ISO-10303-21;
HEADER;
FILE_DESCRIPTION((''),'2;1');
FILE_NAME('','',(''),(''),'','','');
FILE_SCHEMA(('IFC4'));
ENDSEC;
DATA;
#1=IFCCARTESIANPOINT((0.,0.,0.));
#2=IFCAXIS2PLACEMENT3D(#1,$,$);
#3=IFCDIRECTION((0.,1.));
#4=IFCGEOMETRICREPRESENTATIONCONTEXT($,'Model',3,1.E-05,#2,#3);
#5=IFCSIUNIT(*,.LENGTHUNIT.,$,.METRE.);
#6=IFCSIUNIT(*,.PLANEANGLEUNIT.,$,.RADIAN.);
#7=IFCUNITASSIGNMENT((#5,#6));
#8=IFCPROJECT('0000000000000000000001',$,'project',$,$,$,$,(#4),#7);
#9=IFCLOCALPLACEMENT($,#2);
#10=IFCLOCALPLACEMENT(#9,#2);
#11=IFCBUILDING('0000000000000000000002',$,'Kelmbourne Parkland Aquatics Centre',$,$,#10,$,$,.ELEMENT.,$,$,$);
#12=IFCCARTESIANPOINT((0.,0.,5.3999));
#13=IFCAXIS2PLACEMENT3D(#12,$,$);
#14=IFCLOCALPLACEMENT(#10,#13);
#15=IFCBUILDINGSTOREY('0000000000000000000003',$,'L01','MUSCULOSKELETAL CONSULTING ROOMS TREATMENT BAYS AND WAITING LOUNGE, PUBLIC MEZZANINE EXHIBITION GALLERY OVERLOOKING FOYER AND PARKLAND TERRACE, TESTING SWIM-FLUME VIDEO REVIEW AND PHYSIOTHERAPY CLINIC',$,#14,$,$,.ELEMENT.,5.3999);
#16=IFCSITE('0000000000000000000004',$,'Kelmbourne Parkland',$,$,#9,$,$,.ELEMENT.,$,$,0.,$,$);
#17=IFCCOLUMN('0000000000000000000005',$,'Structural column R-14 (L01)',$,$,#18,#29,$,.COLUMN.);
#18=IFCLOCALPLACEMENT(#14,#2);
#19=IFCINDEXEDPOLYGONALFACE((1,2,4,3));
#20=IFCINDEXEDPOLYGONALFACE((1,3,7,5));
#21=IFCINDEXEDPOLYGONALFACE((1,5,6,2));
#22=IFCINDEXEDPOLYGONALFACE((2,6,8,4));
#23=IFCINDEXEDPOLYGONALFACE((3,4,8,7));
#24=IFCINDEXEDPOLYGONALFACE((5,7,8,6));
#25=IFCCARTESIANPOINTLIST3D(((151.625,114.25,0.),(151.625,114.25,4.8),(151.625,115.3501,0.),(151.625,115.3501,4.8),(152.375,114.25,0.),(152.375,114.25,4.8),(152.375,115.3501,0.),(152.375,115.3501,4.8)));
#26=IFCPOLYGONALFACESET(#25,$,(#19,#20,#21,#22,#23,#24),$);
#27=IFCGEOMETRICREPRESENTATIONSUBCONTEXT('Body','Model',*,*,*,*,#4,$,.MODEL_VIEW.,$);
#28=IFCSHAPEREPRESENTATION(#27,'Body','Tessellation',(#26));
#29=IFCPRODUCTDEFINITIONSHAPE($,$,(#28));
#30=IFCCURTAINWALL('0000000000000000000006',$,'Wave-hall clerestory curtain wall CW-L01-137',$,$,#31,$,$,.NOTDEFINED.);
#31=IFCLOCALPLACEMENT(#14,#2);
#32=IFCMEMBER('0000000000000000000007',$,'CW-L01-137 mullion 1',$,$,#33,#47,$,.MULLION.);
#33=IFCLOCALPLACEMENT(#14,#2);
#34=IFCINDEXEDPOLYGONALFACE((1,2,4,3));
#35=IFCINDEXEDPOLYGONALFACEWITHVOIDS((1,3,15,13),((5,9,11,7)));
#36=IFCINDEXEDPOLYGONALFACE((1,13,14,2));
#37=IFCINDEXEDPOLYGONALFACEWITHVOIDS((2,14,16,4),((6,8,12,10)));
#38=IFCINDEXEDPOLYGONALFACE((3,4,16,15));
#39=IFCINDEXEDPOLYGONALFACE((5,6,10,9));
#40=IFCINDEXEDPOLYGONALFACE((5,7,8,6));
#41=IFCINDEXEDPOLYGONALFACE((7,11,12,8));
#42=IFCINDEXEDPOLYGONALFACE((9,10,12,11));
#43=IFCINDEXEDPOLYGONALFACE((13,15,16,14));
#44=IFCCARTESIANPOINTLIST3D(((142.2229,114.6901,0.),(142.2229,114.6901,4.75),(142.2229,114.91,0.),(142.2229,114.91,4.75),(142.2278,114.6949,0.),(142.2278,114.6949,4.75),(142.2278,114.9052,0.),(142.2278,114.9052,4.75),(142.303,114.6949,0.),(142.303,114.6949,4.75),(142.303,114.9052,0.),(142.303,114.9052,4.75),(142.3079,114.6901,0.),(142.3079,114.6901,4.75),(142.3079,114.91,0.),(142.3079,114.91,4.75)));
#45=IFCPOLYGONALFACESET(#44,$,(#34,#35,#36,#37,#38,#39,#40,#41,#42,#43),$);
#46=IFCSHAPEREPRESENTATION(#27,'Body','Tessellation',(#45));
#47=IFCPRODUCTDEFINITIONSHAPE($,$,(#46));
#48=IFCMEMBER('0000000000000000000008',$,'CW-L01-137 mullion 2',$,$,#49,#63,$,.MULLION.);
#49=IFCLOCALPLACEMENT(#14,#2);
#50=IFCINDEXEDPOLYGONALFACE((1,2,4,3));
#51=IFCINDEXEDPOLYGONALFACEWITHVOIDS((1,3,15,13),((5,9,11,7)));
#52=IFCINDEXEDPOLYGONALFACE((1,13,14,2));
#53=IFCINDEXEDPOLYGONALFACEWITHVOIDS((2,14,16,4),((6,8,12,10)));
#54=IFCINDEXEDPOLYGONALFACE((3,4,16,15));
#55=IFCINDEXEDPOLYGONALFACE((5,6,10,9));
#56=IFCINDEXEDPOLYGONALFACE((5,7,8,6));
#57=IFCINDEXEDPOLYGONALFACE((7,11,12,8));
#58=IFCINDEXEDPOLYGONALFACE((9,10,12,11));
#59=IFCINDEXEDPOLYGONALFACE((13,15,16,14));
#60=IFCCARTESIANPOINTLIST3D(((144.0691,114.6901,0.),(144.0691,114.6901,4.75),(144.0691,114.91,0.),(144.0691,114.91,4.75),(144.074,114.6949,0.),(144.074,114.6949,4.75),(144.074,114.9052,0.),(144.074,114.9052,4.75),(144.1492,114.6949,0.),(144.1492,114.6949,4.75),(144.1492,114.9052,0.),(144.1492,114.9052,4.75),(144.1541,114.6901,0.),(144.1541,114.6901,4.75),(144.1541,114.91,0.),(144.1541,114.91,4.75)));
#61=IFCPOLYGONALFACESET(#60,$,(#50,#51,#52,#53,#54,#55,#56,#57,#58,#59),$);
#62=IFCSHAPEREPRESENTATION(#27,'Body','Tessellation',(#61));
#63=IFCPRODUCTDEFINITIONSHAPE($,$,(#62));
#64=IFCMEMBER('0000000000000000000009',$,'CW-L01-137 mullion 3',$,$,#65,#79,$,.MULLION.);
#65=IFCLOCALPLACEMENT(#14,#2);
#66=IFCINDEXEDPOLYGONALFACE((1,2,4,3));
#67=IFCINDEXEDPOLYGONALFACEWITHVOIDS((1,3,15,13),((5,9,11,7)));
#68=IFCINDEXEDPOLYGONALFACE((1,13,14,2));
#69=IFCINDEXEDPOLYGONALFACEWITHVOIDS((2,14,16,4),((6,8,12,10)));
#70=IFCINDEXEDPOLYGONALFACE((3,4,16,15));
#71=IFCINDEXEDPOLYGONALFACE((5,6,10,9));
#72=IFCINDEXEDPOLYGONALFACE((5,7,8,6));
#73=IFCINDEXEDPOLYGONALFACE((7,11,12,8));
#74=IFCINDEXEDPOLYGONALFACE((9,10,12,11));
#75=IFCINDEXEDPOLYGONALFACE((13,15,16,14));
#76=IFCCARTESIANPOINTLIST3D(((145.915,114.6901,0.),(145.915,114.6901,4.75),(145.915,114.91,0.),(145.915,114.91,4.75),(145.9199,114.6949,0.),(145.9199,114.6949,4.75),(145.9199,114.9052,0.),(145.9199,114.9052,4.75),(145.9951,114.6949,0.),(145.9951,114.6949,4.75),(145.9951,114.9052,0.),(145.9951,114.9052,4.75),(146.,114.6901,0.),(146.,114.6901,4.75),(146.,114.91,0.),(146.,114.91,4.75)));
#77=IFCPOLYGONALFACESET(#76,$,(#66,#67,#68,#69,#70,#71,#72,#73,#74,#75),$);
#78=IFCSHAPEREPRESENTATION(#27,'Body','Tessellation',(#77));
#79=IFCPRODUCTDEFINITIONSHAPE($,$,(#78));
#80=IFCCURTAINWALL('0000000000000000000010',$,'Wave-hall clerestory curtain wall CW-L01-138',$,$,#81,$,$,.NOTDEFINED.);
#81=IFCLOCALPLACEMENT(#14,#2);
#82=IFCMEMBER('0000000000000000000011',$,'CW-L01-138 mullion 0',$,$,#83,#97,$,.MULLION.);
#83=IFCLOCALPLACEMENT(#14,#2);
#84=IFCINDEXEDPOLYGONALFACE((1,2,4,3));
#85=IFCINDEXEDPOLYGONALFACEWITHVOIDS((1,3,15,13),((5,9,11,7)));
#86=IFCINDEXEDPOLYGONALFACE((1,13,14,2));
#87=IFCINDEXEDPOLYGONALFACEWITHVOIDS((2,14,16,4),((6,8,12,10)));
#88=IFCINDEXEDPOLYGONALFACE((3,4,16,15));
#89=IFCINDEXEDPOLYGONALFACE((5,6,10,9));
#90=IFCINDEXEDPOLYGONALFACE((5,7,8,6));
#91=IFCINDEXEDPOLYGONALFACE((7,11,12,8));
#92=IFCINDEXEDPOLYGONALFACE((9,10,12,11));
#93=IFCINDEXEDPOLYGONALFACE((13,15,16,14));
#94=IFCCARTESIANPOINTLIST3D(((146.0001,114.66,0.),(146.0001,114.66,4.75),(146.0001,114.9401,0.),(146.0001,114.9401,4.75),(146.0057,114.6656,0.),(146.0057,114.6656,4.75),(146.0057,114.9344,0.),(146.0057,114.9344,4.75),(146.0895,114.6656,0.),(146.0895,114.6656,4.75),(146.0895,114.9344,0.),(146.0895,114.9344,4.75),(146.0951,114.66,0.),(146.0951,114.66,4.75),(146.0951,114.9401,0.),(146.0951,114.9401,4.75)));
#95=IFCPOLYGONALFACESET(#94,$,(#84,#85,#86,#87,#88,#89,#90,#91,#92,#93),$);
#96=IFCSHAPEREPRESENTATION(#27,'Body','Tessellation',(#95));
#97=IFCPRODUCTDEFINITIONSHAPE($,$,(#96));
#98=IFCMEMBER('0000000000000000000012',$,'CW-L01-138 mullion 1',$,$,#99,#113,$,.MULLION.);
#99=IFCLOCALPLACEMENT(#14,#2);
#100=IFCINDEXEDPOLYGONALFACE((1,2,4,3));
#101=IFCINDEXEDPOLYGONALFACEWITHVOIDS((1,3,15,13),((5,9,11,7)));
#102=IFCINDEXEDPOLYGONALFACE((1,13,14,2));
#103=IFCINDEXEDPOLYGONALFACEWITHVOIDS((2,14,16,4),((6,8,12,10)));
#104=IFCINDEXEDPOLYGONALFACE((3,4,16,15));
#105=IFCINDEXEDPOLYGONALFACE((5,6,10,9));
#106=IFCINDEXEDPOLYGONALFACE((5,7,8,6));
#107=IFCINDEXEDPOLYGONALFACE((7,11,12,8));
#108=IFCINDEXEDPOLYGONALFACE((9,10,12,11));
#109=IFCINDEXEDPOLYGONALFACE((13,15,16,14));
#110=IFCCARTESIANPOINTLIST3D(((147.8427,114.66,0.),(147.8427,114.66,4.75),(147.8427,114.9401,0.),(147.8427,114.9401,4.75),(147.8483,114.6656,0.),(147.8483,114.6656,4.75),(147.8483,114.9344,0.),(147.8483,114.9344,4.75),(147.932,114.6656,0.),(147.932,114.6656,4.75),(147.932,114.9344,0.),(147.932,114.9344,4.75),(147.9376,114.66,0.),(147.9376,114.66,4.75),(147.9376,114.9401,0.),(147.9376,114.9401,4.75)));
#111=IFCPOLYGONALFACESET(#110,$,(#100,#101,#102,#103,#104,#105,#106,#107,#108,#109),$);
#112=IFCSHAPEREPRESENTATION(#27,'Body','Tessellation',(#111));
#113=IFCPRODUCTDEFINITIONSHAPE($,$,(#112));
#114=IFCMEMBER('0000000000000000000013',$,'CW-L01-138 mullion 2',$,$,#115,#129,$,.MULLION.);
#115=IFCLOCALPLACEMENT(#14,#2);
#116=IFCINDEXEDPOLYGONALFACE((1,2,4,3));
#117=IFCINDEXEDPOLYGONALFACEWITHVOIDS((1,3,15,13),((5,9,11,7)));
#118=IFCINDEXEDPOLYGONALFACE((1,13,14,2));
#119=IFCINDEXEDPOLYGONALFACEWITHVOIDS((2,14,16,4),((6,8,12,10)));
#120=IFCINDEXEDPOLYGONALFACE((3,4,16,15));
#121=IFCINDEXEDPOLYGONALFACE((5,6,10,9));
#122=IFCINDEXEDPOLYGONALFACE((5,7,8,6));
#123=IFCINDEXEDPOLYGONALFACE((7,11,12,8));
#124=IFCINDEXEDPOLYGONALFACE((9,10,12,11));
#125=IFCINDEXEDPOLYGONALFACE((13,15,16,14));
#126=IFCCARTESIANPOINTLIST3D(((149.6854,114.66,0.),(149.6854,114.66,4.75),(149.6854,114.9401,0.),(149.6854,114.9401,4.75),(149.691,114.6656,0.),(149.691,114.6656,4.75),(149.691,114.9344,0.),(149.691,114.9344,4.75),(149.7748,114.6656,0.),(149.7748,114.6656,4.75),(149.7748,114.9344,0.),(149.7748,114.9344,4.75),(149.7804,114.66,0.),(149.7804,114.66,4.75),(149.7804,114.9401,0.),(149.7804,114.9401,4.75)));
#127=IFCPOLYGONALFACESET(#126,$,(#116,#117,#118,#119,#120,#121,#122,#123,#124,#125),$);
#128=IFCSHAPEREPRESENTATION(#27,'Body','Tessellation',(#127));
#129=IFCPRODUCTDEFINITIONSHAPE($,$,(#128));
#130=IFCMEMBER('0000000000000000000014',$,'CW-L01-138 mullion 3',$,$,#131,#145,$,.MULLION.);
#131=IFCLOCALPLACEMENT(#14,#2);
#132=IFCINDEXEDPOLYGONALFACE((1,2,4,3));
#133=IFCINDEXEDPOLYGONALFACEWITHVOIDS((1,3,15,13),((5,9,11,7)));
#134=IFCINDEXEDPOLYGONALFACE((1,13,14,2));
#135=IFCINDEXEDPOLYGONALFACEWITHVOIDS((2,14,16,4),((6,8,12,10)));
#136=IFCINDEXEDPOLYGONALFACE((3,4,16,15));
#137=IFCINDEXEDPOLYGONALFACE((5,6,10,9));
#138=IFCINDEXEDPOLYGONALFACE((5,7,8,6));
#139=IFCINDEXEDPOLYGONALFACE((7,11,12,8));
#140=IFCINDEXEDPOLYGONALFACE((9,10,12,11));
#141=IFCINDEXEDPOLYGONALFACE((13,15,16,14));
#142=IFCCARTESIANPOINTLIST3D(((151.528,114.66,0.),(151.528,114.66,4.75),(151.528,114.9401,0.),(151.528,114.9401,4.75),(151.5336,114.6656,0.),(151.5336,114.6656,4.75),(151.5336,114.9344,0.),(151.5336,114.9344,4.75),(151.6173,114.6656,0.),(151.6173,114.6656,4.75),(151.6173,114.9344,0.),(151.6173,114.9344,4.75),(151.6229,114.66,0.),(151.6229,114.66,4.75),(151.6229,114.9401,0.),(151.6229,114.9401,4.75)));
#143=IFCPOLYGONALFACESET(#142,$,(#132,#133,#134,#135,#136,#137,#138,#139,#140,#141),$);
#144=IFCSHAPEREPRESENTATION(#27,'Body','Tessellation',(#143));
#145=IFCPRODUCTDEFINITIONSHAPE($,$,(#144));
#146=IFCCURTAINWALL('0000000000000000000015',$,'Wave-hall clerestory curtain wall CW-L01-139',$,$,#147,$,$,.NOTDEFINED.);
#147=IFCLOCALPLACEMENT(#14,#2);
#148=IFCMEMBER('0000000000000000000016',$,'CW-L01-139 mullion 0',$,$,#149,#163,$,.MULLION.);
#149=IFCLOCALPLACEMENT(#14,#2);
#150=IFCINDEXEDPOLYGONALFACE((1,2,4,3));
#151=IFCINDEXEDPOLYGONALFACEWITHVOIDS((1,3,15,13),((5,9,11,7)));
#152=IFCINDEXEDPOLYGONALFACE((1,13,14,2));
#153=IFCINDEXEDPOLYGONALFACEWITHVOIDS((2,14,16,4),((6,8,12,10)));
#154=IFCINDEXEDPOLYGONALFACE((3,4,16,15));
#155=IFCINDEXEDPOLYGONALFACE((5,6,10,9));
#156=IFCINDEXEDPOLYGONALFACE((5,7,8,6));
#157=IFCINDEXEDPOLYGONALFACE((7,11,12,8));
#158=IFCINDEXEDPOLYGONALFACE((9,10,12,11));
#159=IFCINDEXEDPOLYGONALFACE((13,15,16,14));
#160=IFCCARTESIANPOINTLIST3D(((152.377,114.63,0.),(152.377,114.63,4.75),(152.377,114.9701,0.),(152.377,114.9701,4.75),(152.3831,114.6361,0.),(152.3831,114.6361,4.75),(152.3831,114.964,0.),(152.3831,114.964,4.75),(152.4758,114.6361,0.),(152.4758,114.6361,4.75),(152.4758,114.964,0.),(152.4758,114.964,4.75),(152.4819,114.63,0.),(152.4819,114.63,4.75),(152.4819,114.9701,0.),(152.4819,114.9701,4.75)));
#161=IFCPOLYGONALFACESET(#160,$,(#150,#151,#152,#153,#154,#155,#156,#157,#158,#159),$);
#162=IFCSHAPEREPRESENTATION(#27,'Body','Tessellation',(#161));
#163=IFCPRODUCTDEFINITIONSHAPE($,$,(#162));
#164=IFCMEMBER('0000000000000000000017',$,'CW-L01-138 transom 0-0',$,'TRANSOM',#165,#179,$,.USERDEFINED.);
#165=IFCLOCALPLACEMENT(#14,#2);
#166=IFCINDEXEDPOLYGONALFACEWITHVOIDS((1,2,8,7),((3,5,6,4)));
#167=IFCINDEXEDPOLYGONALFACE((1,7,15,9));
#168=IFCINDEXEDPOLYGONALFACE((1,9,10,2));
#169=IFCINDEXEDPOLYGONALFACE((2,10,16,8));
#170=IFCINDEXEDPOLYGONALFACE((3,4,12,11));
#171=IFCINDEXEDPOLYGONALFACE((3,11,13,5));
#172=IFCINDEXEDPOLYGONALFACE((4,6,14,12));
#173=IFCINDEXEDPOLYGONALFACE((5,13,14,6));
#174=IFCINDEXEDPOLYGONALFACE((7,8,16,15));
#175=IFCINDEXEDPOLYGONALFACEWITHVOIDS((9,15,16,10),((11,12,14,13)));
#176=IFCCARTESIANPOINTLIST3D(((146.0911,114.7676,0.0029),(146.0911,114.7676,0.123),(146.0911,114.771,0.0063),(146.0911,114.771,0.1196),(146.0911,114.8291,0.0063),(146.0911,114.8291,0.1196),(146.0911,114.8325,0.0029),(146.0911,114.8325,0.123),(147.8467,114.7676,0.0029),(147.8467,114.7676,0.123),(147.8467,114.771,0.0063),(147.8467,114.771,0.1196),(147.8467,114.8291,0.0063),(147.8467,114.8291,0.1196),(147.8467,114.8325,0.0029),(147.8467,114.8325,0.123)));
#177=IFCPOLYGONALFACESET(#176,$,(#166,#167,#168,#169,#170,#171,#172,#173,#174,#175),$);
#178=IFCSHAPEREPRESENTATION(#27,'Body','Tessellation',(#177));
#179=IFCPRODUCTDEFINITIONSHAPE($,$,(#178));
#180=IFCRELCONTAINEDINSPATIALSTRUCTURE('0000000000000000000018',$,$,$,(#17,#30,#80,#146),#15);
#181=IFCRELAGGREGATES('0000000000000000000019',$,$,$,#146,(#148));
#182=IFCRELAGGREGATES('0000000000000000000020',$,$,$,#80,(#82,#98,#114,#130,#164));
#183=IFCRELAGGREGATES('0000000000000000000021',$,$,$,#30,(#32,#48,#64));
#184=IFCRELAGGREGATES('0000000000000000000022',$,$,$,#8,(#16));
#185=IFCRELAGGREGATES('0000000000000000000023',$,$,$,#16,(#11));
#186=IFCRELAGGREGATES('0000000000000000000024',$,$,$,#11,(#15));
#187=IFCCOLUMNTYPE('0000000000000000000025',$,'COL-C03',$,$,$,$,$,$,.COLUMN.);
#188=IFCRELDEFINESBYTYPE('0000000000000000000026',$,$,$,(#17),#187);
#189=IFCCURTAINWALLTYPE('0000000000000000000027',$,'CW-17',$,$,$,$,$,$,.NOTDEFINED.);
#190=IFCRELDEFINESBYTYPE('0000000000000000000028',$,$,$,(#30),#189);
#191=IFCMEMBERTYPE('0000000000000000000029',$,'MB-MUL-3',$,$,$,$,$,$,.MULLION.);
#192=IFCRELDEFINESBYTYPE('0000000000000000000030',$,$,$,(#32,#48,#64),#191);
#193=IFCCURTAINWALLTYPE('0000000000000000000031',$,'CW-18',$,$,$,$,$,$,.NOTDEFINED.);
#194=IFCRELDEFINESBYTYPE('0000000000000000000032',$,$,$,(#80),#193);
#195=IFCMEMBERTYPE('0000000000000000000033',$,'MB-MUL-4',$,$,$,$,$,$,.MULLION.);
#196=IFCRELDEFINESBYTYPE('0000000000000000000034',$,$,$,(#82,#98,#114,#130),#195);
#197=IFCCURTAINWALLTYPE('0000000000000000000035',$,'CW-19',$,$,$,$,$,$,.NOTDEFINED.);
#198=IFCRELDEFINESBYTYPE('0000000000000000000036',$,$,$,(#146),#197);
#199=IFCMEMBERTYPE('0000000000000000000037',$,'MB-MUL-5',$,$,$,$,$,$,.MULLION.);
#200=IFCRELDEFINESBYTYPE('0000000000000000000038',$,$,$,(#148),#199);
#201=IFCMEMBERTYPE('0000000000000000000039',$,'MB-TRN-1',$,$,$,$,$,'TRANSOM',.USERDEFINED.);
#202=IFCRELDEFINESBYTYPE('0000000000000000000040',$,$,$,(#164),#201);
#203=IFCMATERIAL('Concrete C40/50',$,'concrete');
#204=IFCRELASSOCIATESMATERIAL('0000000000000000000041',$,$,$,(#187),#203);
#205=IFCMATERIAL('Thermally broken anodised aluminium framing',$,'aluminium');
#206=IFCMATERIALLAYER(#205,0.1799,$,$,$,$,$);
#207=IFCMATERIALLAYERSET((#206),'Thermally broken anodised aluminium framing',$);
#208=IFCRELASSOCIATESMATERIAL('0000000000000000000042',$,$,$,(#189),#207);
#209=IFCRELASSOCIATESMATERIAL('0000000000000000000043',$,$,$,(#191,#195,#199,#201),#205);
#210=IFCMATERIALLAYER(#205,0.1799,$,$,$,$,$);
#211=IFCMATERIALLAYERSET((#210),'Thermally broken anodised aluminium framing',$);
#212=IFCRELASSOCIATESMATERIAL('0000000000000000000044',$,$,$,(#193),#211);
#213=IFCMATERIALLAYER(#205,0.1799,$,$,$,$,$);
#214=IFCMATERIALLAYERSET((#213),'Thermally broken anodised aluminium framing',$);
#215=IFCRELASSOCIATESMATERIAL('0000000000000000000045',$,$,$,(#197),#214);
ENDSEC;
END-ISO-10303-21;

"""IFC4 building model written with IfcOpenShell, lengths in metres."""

from ifc_helpers import new_model, si_unit, direction, frame, origin, origin_2d, place, context, subcontext, project, spatial, rectangle, hollow_rectangle, extrude, material, layer, layer_set, material_profile, profile_set, type_object, element, aggregate, save


model = new_model("IFC4")

# Units and contexts
model_context = context("Model", 3, precision=1e-05, world=origin(), true_north=direction((0.0, 1.0)))
body_context = subcontext(model_context, "Body", "Model", "MODEL_VIEW")
ifc_project = project(units=[si_unit("LENGTHUNIT", "METRE"), si_unit("PLANEANGLEUNIT", "RADIAN")], contexts=[model_context])

# Site, building, storey
site_placement = place(None, origin())
site = spatial("IfcSite", under=ifc_project, at=site_placement, Name="Kelmbourne Parkland", CompositionType="ELEMENT", RefElevation=0.0)
building_placement = place(site_placement, origin())
building = spatial("IfcBuilding", under=site, at=building_placement, Name="Kelmbourne Parkland Aquatics Centre", CompositionType="ELEMENT")
storey_placement = place(building_placement, frame((0.0, 0.0, 5.3999)))
storey = spatial("IfcBuildingStorey", under=building, at=storey_placement, Name="L01", Description="MUSCULOSKELETAL CONSULTING ROOMS TREATMENT BAYS AND WAITING LOUNGE, PUBLIC MEZZANINE EXHIBITION GALLERY OVERLOOKING FOYER AND PARKLAND TERRACE, TESTING SWIM-FLUME VIDEO REVIEW AND PHYSIOTHERAPY CLINIC", CompositionType="ELEMENT", Elevation=5.3999)

# Column
ifc_material_1 = material(Name="Concrete C40/50", Category="concrete")
ifc_material_profile_1 = material_profile(ifc_material_1, rectangle(XDim=0.75, YDim=1.1001, at=origin_2d()), Name="RC 750x1100")
ifc_profile_set_1 = profile_set([ifc_material_profile_1], Name="Concrete C40/50")
column_type = type_object("IfcColumnType", Name="COL-C03", PredefinedType="COLUMN", material=ifc_profile_set_1)
column_placement = place(storey_placement, frame((152.0, 114.8, 0.0), z_axis=(0.0, 0.0, 1.0), x_axis=(1.0, 0.0, 0.0)))
element("IfcColumn", 1, at=column_placement, inside=storey, type_object=column_type, Name="Structural column R-14 (L01)", PredefinedType="COLUMN", context=body_context, shape_type="SweptSolid", body=[
    extrude(rectangle(XDim=0.75, YDim=1.1001, at=origin_2d()), origin(), (0.0, 0.0, 1.0), 4.8),
])

# Curtain walls, members
ifc_material_2 = material(Name="Thermally broken anodised aluminium framing", Category="aluminium")
ifc_layer_1 = layer(ifc_material_2, 0.1799)
ifc_layer_set_1 = layer_set([ifc_layer_1], Name="Thermally broken anodised aluminium framing")
curtain_wall_type_1 = type_object("IfcCurtainWallType", Name="CW-17", PredefinedType="NOTDEFINED", material=ifc_layer_set_1)
curtain_wall_1_placement = place(storey_placement, origin())
curtain_wall_1 = element("IfcCurtainWall", 2, at=curtain_wall_1_placement, inside=storey, type_object=curtain_wall_type_1, Name="Wave-hall clerestory curtain wall CW-L01-137", PredefinedType="NOTDEFINED")
ifc_material_profile_2 = material_profile(ifc_material_2, hollow_rectangle(XDim=0.085, YDim=0.22, WallThickness=0.0049, at=origin_2d()), Name="CW-M 85x220")
ifc_profile_set_2 = profile_set([ifc_material_profile_2], Name="Thermally broken anodised aluminium framing")
member_type_1 = type_object("IfcMemberType", Name="MB-MUL-3", PredefinedType="MULLION", material=ifc_profile_set_2)
member_1_placement = place(storey_placement, frame((142.2654, 114.8, 0.0), z_axis=(0.0, 0.0, 1.0), x_axis=(1.0, 0.0, 0.0)))
member_1 = element("IfcMember", 3, at=member_1_placement, type_object=member_type_1, Name="CW-L01-137 mullion 1", PredefinedType="MULLION", context=body_context, shape_type="SweptSolid", body=[
    extrude(hollow_rectangle(XDim=0.085, YDim=0.22, WallThickness=0.0049, at=origin_2d()), origin(), (0.0, 0.0, 1.0), 4.75),
])
member_2_placement = place(storey_placement, frame((144.1116, 114.8, 0.0), z_axis=(0.0, 0.0, 1.0), x_axis=(1.0, 0.0, 0.0)))
member_2 = element("IfcMember", 4, at=member_2_placement, type_object=member_type_1, Name="CW-L01-137 mullion 2", PredefinedType="MULLION", context=body_context, shape_type="SweptSolid", body=[
    extrude(hollow_rectangle(XDim=0.085, YDim=0.22, WallThickness=0.0049, at=origin_2d()), origin(), (0.0, 0.0, 1.0), 4.75),
])
member_3_placement = place(storey_placement, frame((145.9575, 114.8, 0.0), z_axis=(0.0, 0.0, 1.0), x_axis=(1.0, 0.0, 0.0)))
member_3 = element("IfcMember", 5, at=member_3_placement, type_object=member_type_1, Name="CW-L01-137 mullion 3", PredefinedType="MULLION", context=body_context, shape_type="SweptSolid", body=[
    extrude(hollow_rectangle(XDim=0.085, YDim=0.22, WallThickness=0.0049, at=origin_2d()), origin(), (0.0, 0.0, 1.0), 4.75),
])
ifc_layer_2 = layer(ifc_material_2, 0.1799)
ifc_layer_set_2 = layer_set([ifc_layer_2], Name="Thermally broken anodised aluminium framing")
curtain_wall_type_2 = type_object("IfcCurtainWallType", Name="CW-18", PredefinedType="NOTDEFINED", material=ifc_layer_set_2)
curtain_wall_2_placement = place(storey_placement, origin())
curtain_wall_2 = element("IfcCurtainWall", 6, at=curtain_wall_2_placement, inside=storey, type_object=curtain_wall_type_2, Name="Wave-hall clerestory curtain wall CW-L01-138", PredefinedType="NOTDEFINED")
ifc_material_profile_3 = material_profile(ifc_material_2, hollow_rectangle(XDim=0.095, YDim=0.28, WallThickness=0.0056, at=origin_2d()), Name="CW-M 95x280")
ifc_profile_set_3 = profile_set([ifc_material_profile_3], Name="Thermally broken anodised aluminium framing")
member_type_2 = type_object("IfcMemberType", Name="MB-MUL-4", PredefinedType="MULLION", material=ifc_profile_set_3)
member_4_placement = place(storey_placement, frame((146.0476, 114.8, 0.0), z_axis=(0.0, 0.0, 1.0), x_axis=(1.0, 0.0, 0.0)))
member_4 = element("IfcMember", 7, at=member_4_placement, type_object=member_type_2, Name="CW-L01-138 mullion 0", PredefinedType="MULLION", context=body_context, shape_type="SweptSolid", body=[
    extrude(hollow_rectangle(XDim=0.095, YDim=0.28, WallThickness=0.0056, at=origin_2d()), origin(), (0.0, 0.0, 1.0), 4.75),
])
member_5_placement = place(storey_placement, frame((147.8901, 114.8, 0.0), z_axis=(0.0, 0.0, 1.0), x_axis=(1.0, 0.0, 0.0)))
member_5 = element("IfcMember", 8, at=member_5_placement, type_object=member_type_2, Name="CW-L01-138 mullion 1", PredefinedType="MULLION", context=body_context, shape_type="SweptSolid", body=[
    extrude(hollow_rectangle(XDim=0.095, YDim=0.28, WallThickness=0.0056, at=origin_2d()), origin(), (0.0, 0.0, 1.0), 4.75),
])
member_6_placement = place(storey_placement, frame((149.7329, 114.8, 0.0), z_axis=(0.0, 0.0, 1.0), x_axis=(1.0, 0.0, 0.0)))
member_6 = element("IfcMember", 9, at=member_6_placement, type_object=member_type_2, Name="CW-L01-138 mullion 2", PredefinedType="MULLION", context=body_context, shape_type="SweptSolid", body=[
    extrude(hollow_rectangle(XDim=0.095, YDim=0.28, WallThickness=0.0056, at=origin_2d()), origin(), (0.0, 0.0, 1.0), 4.75),
])
member_7_placement = place(storey_placement, frame((151.5754, 114.8, 0.0), z_axis=(0.0, 0.0, 1.0), x_axis=(1.0, 0.0, 0.0)))
member_7 = element("IfcMember", 10, at=member_7_placement, type_object=member_type_2, Name="CW-L01-138 mullion 3", PredefinedType="MULLION", context=body_context, shape_type="SweptSolid", body=[
    extrude(hollow_rectangle(XDim=0.095, YDim=0.28, WallThickness=0.0056, at=origin_2d()), origin(), (0.0, 0.0, 1.0), 4.75),
])

# Curtain wall, member
ifc_layer_3 = layer(ifc_material_2, 0.1799)
ifc_layer_set_3 = layer_set([ifc_layer_3], Name="Thermally broken anodised aluminium framing")
curtain_wall_type_3 = type_object("IfcCurtainWallType", Name="CW-19", PredefinedType="NOTDEFINED", material=ifc_layer_set_3)
curtain_wall_3_placement = place(storey_placement, origin())
curtain_wall_3 = element("IfcCurtainWall", 11, at=curtain_wall_3_placement, inside=storey, type_object=curtain_wall_type_3, Name="Wave-hall clerestory curtain wall CW-L01-139", PredefinedType="NOTDEFINED")
ifc_material_profile_4 = material_profile(ifc_material_2, hollow_rectangle(XDim=0.105, YDim=0.3401, WallThickness=0.0061, at=origin_2d()), Name="CW-M 105x340")
ifc_profile_set_4 = profile_set([ifc_material_profile_4], Name="Thermally broken anodised aluminium framing")
member_type_3 = type_object("IfcMemberType", Name="MB-MUL-5", PredefinedType="MULLION", material=ifc_profile_set_4)
member_8_placement = place(storey_placement, frame((152.4294, 114.8, 0.0), z_axis=(0.0, 0.0, 1.0), x_axis=(1.0, 0.0, 0.0)))
member_8 = element("IfcMember", 12, at=member_8_placement, type_object=member_type_3, Name="CW-L01-139 mullion 0", PredefinedType="MULLION", context=body_context, shape_type="SweptSolid", body=[
    extrude(hollow_rectangle(XDim=0.105, YDim=0.3401, WallThickness=0.0061, at=origin_2d()), origin(), (0.0, 0.0, 1.0), 4.75),
])

# Member
ifc_material_profile_5 = material_profile(ifc_material_2, hollow_rectangle(XDim=0.0649, YDim=0.1201, WallThickness=0.0034, at=origin_2d()), Name="CW-T 65x120")
ifc_profile_set_5 = profile_set([ifc_material_profile_5], Name="Thermally broken anodised aluminium framing")
member_type_4 = type_object("IfcMemberType", Name="MB-TRN-1", ElementType="TRANSOM", PredefinedType="USERDEFINED", material=ifc_profile_set_5)
member_9_placement = place(storey_placement, frame((146.0911, 114.8, 0.063), z_axis=(1.0, 0.0, 0.0), x_axis=(0.0, 1.0, 0.0)))
member_9 = element("IfcMember", 13, at=member_9_placement, type_object=member_type_4, Name="CW-L01-138 transom 0-0", ObjectType="TRANSOM", PredefinedType="USERDEFINED", context=body_context, shape_type="SweptSolid", body=[
    extrude(hollow_rectangle(XDim=0.0649, YDim=0.1201, WallThickness=0.0034, at=origin_2d()), origin(), (0.0, 0.0, 1.0), 1.7556),
])
aggregate(curtain_wall_3, [member_8])

aggregate(curtain_wall_2, [member_4, member_5, member_6, member_7, member_9])
aggregate(curtain_wall_1, [member_1, member_2, member_3])

save(model, "model.ifc")
